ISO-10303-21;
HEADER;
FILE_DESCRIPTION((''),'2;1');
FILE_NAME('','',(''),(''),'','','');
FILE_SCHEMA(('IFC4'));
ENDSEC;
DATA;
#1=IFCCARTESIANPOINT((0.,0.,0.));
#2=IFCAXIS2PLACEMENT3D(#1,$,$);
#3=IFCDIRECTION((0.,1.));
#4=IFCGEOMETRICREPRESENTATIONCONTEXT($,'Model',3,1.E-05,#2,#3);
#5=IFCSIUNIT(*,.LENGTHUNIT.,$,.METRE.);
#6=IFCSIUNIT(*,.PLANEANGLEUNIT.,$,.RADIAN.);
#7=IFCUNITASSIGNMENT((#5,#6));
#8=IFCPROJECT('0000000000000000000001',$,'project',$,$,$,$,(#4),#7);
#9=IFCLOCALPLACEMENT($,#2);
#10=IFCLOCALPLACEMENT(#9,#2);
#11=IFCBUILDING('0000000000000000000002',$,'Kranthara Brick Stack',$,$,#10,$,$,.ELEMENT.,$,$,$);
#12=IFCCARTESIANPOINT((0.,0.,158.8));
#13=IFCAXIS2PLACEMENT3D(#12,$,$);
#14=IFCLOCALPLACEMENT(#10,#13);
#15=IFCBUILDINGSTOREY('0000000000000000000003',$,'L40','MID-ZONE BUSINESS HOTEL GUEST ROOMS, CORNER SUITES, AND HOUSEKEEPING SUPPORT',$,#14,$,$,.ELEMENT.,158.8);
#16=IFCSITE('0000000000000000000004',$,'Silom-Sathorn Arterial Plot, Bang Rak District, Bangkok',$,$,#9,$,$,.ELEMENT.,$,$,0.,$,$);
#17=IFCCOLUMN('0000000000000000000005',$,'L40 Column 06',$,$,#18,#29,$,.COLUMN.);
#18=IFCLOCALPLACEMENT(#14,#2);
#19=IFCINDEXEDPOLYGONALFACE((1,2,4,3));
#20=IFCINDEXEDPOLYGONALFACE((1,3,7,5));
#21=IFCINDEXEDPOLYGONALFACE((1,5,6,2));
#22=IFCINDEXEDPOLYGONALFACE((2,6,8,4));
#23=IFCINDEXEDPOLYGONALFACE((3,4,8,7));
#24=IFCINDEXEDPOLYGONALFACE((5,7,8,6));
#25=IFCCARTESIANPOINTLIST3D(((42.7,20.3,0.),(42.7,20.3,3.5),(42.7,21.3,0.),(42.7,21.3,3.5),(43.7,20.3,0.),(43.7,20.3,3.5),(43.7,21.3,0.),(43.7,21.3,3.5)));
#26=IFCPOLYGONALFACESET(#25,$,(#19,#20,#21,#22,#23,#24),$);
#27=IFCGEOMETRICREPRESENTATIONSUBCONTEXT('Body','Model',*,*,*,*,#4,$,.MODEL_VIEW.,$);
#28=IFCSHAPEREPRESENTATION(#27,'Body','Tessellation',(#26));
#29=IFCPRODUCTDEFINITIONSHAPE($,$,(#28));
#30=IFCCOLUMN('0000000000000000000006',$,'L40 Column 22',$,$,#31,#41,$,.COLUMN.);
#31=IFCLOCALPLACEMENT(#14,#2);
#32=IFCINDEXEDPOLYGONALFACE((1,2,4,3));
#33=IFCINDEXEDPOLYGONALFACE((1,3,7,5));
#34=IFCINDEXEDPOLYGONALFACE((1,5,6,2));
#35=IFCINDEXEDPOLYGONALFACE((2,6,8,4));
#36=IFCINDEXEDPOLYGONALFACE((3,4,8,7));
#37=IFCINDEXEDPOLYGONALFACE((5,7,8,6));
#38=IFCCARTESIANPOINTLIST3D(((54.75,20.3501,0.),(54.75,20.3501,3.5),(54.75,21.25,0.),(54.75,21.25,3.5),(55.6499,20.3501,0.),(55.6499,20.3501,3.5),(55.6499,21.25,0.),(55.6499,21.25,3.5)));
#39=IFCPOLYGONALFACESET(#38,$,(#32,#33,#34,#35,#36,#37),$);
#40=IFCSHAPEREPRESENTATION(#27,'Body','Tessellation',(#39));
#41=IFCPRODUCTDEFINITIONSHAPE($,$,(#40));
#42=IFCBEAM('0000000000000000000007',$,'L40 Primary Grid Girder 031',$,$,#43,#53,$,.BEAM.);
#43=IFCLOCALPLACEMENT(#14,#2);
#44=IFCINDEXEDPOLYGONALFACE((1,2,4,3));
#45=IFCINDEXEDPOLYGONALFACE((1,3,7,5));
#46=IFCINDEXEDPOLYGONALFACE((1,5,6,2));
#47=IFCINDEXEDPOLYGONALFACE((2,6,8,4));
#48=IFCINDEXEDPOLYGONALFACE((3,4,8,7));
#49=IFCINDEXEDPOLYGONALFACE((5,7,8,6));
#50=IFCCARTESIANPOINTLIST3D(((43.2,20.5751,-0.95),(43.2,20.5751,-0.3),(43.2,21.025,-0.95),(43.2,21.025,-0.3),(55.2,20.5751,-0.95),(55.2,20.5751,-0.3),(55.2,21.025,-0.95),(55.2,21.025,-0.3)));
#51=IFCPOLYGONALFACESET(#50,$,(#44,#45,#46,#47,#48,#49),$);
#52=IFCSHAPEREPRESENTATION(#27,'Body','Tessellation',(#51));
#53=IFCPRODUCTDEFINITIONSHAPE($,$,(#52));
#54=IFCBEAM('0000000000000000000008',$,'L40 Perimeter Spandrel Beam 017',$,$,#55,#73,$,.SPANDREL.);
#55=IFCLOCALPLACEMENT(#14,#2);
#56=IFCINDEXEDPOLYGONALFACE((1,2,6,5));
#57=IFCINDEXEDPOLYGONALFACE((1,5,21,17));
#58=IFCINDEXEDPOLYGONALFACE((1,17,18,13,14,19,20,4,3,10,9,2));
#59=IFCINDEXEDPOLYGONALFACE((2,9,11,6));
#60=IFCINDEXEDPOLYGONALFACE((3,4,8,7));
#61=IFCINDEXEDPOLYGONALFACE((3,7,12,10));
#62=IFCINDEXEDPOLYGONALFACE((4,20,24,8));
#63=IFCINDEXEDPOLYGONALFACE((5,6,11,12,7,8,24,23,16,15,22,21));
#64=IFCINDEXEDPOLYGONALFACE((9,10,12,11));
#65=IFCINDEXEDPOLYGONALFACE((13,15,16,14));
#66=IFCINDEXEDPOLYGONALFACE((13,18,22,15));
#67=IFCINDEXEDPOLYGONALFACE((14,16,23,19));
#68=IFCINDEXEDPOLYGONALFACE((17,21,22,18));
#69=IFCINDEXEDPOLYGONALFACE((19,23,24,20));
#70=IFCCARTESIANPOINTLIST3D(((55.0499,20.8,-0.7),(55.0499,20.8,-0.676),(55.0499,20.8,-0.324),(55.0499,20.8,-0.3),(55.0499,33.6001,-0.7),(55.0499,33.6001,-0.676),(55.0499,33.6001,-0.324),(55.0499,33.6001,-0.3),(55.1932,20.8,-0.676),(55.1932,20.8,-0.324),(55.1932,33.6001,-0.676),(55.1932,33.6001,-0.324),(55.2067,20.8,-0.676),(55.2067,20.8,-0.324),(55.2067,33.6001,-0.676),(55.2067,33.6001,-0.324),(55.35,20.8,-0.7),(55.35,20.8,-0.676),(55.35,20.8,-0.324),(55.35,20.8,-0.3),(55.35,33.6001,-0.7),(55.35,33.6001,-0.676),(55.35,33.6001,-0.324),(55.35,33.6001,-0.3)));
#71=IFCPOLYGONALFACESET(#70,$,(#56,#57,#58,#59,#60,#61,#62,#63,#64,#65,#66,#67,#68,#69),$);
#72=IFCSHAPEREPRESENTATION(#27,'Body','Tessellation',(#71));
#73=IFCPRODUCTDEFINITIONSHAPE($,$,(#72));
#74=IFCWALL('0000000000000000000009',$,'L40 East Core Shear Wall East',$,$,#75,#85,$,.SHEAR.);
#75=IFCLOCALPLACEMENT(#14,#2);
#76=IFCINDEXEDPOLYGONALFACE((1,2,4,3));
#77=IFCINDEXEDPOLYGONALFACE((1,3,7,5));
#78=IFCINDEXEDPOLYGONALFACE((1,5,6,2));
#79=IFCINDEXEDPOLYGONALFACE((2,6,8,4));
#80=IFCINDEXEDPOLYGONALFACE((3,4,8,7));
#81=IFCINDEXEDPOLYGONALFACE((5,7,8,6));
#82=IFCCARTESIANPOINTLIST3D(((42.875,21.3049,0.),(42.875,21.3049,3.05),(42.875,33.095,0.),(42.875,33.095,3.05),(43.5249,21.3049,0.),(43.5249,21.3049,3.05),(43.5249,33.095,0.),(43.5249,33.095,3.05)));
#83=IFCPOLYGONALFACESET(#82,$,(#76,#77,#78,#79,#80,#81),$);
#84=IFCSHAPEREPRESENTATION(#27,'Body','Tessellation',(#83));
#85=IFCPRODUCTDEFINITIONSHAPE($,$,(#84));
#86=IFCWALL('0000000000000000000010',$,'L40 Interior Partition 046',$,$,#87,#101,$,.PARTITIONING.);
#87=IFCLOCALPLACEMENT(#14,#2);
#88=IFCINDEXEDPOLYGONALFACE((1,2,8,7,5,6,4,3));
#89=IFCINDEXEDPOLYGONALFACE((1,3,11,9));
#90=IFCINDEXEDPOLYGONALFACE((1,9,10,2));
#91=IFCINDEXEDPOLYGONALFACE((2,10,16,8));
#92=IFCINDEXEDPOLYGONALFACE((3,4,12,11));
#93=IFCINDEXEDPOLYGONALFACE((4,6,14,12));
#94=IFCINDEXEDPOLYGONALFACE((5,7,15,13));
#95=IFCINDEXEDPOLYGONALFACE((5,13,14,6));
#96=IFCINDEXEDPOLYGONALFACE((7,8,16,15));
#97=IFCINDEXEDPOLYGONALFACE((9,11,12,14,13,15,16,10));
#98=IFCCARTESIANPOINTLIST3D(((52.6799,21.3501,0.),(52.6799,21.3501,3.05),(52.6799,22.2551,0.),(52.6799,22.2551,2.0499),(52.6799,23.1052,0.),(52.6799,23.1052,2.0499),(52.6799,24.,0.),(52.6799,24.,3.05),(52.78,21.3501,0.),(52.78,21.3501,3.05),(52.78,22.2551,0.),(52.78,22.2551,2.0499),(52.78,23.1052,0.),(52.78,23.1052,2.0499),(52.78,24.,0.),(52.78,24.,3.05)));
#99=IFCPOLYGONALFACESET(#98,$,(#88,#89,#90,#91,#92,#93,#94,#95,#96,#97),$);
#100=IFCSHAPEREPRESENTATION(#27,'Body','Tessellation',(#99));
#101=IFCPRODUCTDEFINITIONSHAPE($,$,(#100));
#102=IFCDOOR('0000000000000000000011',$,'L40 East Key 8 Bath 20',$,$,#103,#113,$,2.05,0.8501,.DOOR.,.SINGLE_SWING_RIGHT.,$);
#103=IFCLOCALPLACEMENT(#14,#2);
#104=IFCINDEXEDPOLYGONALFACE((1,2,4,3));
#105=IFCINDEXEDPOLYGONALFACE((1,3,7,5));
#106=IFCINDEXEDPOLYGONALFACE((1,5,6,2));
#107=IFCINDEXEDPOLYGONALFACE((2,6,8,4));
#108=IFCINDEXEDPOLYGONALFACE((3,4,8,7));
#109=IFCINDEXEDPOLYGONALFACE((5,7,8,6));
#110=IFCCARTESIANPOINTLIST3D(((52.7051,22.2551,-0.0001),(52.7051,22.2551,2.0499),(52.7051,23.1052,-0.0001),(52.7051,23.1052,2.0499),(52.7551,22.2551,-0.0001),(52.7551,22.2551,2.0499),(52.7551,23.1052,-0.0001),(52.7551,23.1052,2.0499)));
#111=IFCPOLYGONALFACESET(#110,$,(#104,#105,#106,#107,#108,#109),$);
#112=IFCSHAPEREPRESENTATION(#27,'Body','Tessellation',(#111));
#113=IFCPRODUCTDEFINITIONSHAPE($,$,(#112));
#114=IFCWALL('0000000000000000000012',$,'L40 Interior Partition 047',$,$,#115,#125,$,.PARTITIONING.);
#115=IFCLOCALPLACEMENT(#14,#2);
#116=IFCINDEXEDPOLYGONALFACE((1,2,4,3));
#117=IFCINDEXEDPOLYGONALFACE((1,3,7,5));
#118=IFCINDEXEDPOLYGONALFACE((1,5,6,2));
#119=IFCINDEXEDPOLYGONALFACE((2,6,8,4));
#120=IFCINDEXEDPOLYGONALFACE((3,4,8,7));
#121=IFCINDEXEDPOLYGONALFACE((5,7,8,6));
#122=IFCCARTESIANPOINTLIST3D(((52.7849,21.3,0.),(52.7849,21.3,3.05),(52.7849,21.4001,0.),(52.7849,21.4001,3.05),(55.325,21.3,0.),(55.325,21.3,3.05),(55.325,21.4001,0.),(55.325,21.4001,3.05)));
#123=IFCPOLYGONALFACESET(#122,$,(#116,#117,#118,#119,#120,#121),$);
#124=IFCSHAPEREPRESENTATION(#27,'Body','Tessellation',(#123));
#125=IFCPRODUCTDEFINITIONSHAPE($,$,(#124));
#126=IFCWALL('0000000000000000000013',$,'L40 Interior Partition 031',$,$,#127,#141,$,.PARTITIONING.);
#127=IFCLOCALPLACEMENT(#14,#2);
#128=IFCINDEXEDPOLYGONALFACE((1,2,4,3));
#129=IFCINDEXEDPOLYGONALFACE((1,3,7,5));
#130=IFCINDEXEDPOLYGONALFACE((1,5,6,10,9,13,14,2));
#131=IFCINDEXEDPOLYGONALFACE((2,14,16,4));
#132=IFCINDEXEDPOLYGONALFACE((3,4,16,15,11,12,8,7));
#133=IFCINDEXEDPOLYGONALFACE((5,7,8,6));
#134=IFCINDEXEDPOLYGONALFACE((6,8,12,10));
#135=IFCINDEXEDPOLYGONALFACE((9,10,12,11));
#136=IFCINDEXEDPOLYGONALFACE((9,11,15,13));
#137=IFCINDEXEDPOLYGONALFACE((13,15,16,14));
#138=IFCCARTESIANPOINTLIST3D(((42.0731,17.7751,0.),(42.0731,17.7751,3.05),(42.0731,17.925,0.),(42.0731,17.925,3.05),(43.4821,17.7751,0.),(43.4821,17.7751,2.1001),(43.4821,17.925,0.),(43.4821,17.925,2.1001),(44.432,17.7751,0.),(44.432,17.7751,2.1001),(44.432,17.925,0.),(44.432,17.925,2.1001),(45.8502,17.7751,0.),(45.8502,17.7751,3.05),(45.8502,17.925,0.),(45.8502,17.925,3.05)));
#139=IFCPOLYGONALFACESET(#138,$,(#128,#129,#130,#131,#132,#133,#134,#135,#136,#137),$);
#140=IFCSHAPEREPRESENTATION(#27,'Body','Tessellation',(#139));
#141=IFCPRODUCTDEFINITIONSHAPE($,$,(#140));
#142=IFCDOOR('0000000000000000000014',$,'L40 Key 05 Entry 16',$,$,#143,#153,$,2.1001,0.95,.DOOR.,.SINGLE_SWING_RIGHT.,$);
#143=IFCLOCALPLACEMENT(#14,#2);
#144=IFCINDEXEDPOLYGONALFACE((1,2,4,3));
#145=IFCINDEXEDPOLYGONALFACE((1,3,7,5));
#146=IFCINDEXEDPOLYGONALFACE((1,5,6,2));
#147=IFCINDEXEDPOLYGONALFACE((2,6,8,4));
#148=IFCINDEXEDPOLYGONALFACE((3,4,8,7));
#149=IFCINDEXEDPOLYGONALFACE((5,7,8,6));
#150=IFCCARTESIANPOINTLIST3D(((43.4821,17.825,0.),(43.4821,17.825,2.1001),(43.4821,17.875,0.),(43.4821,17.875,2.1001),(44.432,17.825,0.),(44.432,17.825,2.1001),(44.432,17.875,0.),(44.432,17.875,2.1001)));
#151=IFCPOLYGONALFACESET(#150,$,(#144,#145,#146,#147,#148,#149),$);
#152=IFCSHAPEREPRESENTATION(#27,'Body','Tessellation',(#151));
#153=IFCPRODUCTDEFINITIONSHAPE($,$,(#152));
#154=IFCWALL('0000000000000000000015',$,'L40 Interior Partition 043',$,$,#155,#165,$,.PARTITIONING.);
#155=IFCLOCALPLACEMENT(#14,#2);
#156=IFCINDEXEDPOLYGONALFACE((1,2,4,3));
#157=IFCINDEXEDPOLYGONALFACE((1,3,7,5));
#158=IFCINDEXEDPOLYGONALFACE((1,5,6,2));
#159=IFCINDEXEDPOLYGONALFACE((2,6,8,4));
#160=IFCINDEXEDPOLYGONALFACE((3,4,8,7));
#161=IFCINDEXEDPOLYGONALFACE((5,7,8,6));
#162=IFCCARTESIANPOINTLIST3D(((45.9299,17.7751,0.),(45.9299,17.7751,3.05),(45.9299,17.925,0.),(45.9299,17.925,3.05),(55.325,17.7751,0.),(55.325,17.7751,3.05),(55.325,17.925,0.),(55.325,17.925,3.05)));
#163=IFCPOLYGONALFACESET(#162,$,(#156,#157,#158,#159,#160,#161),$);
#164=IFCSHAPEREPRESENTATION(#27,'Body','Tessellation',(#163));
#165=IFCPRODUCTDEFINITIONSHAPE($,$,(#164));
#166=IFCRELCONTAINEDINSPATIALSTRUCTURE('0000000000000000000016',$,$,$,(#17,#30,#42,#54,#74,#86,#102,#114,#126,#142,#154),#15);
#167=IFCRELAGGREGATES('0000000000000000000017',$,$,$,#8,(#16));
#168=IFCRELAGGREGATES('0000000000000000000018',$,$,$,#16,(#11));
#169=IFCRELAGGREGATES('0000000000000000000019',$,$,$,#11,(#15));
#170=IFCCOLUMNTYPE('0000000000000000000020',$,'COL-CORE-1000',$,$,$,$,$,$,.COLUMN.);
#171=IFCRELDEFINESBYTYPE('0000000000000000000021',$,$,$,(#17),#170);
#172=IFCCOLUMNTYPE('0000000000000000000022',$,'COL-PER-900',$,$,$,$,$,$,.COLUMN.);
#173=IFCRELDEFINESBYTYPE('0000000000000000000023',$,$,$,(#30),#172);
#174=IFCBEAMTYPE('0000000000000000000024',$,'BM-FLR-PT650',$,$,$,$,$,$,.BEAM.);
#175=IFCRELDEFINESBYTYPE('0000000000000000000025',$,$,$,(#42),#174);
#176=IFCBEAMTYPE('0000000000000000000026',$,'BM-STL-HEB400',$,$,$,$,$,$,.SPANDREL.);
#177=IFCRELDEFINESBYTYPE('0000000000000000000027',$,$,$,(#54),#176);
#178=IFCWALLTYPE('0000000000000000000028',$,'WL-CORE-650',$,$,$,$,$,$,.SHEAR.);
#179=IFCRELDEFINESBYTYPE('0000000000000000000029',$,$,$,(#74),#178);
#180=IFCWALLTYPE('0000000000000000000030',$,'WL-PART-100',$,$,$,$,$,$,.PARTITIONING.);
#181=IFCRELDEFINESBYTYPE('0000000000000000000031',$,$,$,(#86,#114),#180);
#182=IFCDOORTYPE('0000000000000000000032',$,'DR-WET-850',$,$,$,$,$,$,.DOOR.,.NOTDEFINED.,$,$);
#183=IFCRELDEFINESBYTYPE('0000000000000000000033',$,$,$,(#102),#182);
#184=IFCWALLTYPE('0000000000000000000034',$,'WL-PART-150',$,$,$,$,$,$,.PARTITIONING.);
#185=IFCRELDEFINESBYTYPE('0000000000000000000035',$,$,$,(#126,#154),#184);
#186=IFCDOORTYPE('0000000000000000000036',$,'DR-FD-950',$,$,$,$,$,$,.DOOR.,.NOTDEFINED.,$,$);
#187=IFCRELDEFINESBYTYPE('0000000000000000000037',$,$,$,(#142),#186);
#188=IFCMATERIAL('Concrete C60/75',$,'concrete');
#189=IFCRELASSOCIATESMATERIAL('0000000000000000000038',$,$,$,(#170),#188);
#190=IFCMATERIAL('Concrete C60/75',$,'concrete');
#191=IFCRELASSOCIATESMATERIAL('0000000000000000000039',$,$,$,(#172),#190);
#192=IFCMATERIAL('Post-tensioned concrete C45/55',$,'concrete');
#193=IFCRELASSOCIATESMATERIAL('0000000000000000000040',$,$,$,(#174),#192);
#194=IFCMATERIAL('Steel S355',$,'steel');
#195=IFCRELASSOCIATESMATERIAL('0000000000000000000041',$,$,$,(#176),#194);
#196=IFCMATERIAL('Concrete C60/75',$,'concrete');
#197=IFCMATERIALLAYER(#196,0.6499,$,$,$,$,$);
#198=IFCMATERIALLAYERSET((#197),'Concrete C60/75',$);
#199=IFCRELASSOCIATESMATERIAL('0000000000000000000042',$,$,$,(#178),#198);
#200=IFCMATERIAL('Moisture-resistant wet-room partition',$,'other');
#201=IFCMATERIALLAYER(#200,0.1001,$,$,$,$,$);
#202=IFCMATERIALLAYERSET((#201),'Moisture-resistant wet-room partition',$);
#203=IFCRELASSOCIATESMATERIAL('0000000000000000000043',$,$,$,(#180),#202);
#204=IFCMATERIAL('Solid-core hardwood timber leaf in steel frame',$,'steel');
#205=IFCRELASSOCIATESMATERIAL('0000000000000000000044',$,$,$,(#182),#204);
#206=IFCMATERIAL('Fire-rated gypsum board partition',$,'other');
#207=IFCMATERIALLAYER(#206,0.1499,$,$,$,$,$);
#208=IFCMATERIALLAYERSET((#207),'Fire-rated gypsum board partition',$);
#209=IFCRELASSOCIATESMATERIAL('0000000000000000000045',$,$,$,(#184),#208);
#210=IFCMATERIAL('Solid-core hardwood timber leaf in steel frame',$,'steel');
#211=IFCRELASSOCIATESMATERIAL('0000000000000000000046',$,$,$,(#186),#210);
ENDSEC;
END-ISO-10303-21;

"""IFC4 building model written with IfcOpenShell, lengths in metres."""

from ifc_helpers import new_model, si_unit, direction, frame, frame_2d, origin, origin_2d, place, context, subcontext, project, spatial, rectangle, i_section, extrude, material, layer, layer_set, material_profile, profile_set, type_object, element, fill, save


model = new_model("IFC4")

# Units and contexts
model_context = context("Model", 3, precision=1e-05, world=origin(), true_north=direction((0.0, 1.0)))
body_context = subcontext(model_context, "Body", "Model", "MODEL_VIEW")
ifc_project = project(units=[si_unit("LENGTHUNIT", "METRE"), si_unit("PLANEANGLEUNIT", "RADIAN")], contexts=[model_context])

# Site, building, storey
site_placement = place(None, origin())
site = spatial("IfcSite", under=ifc_project, at=site_placement, Name="Silom-Sathorn Arterial Plot, Bang Rak District, Bangkok", CompositionType="ELEMENT", RefElevation=0.0)
building_placement = place(site_placement, origin())
building = spatial("IfcBuilding", under=site, at=building_placement, Name="Kranthara Brick Stack", CompositionType="ELEMENT")
storey_placement = place(building_placement, frame((0.0, 0.0, 158.8)))
storey = spatial("IfcBuildingStorey", under=building, at=storey_placement, Name="L40", Description="MID-ZONE BUSINESS HOTEL GUEST ROOMS, CORNER SUITES, AND HOUSEKEEPING SUPPORT", CompositionType="ELEMENT", Elevation=158.8)

# Columns
ifc_material_1 = material(Name="Concrete C60/75", Category="concrete")
ifc_material_profile_1 = material_profile(ifc_material_1, rectangle(XDim=1.0, YDim=1.0, at=origin_2d()), Name="RC 1000x1000")
ifc_profile_set_1 = profile_set([ifc_material_profile_1], Name="Concrete C60/75")
column_type_1 = type_object("IfcColumnType", Name="COL-CORE-1000", PredefinedType="COLUMN", material=ifc_profile_set_1)
column_1_placement = place(storey_placement, frame((43.2, 20.8, 0.0), z_axis=(0.0, 0.0, 1.0), x_axis=(1.0, 0.0, 0.0)))
element("IfcColumn", 1, at=column_1_placement, inside=storey, type_object=column_type_1, Name="L40 Column 06", PredefinedType="COLUMN", context=body_context, shape_type="SweptSolid", body=[
    extrude(rectangle(XDim=1.0, YDim=1.0, at=origin_2d()), origin(), (0.0, 0.0, 1.0), 3.5),
])
ifc_material_2 = material(Name="Concrete C60/75", Category="concrete")
ifc_material_profile_2 = material_profile(ifc_material_2, rectangle(XDim=0.8999, YDim=0.8999, at=origin_2d()), Name="RC 900x900")
ifc_profile_set_2 = profile_set([ifc_material_profile_2], Name="Concrete C60/75")
column_type_2 = type_object("IfcColumnType", Name="COL-PER-900", PredefinedType="COLUMN", material=ifc_profile_set_2)
column_2_placement = place(storey_placement, frame((55.2, 20.8, 0.0), z_axis=(0.0, 0.0, 1.0), x_axis=(1.0, 0.0, 0.0)))
element("IfcColumn", 2, at=column_2_placement, inside=storey, type_object=column_type_2, Name="L40 Column 22", PredefinedType="COLUMN", context=body_context, shape_type="SweptSolid", body=[
    extrude(rectangle(XDim=0.8999, YDim=0.8999, at=origin_2d()), origin(), (0.0, 0.0, 1.0), 3.5),
])

# Beams
ifc_material_3 = material(Name="Post-tensioned concrete C45/55", Category="concrete")
ifc_material_profile_3 = material_profile(ifc_material_3, rectangle(XDim=0.45, YDim=0.6499, at=origin_2d()), Name="PT 450x650")
ifc_profile_set_3 = profile_set([ifc_material_profile_3], Name="Post-tensioned concrete C45/55")
beam_type_1 = type_object("IfcBeamType", Name="BM-FLR-PT650", PredefinedType="BEAM", material=ifc_profile_set_3)
beam_1_placement = place(storey_placement, frame((43.2, 20.8, -0.625), z_axis=(1.0, 0.0, 0.0), x_axis=(0.0, 1.0, 0.0)))
element("IfcBeam", 3, at=beam_1_placement, inside=storey, type_object=beam_type_1, Name="L40 Primary Grid Girder 031", PredefinedType="BEAM", context=body_context, shape_type="SweptSolid", body=[
    extrude(rectangle(XDim=0.45, YDim=0.6499, at=origin_2d()), origin(), (0.0, 0.0, 1.0), 12.0),
])
ifc_material_4 = material(Name="Steel S355", Category="steel")
ifc_material_profile_4 = material_profile(ifc_material_4, i_section(OverallWidth=0.3, OverallDepth=0.3999, WebThickness=0.0134, FlangeThickness=0.0239, at=origin_2d()), Name="HEB 400")
ifc_profile_set_4 = profile_set([ifc_material_profile_4], Name="Steel S355")
beam_type_2 = type_object("IfcBeamType", Name="BM-STL-HEB400", PredefinedType="SPANDREL", material=ifc_profile_set_4)
beam_2_placement = place(storey_placement, frame((55.2, 20.8, -0.5), z_axis=(0.0, 1.0, 0.0), x_axis=(-1.0, 0.0, 0.0)))
element("IfcBeam", 4, at=beam_2_placement, inside=storey, type_object=beam_type_2, Name="L40 Perimeter Spandrel Beam 017", PredefinedType="SPANDREL", context=body_context, shape_type="SweptSolid", body=[
    extrude(i_section(OverallWidth=0.3, OverallDepth=0.3999, WebThickness=0.0134, FlangeThickness=0.0239, at=origin_2d()), origin(), (0.0, 0.0, 1.0), 12.8),
])

# Wall
ifc_material_5 = material(Name="Concrete C60/75", Category="concrete")
ifc_layer_1 = layer(ifc_material_5, 0.6499)
ifc_layer_set_1 = layer_set([ifc_layer_1], Name="Concrete C60/75")
wall_type_1 = type_object("IfcWallType", Name="WL-CORE-650", PredefinedType="SHEAR", material=ifc_layer_set_1)
wall_1_placement = place(storey_placement, frame((43.2, 21.3049, 0.0), z_axis=(0.0, 0.0, 1.0), x_axis=(0.0, 1.0, 0.0)))
element("IfcWall", 5, at=wall_1_placement, inside=storey, type_object=wall_type_1, Name="L40 East Core Shear Wall East", PredefinedType="SHEAR", context=body_context, shape_type="SweptSolid", body=[
    extrude(rectangle(XDim=11.79, YDim=0.6499, at=frame_2d((5.895, 0.0))), origin(), (0.0, 0.0, 1.0), 3.05),
])

# Wall, opening, door
ifc_material_6 = material(Name="Moisture-resistant wet-room partition", Category="other")
ifc_layer_2 = layer(ifc_material_6, 0.1001)
ifc_layer_set_2 = layer_set([ifc_layer_2], Name="Moisture-resistant wet-room partition")
wall_type_2 = type_object("IfcWallType", Name="WL-PART-100", PredefinedType="PARTITIONING", material=ifc_layer_set_2)
wall_2_placement = place(storey_placement, frame((52.73, 21.3501, 0.0), z_axis=(0.0, 0.0, 1.0), x_axis=(0.0, 1.0, 0.0)))
wall_2 = element("IfcWall", 6, at=wall_2_placement, inside=storey, type_object=wall_type_2, Name="L40 Interior Partition 046", PredefinedType="PARTITIONING", context=body_context, shape_type="SweptSolid", body=[
    extrude(rectangle(XDim=2.6499, YDim=0.1001, at=frame_2d((1.325, 0.0))), origin(), (0.0, 0.0, 1.0), 3.05),
])
opening_1_placement = place(wall_2_placement, frame((0.905, 0.0, 0.0)))
opening_1 = element("IfcOpeningElement", 7, at=opening_1_placement, cuts=wall_2, PredefinedType="OPENING", context=body_context, shape_type="SweptSolid", body=[
    extrude(rectangle(XDim=0.8501, YDim=2.05, at=frame_2d((0.425, 1.0249))), frame((0.0, 0.0601, 0.0), z_axis=(0.0, -1.0, 0.0), x_axis=(1.0, 0.0, 0.0)), (0.0, 0.0, 1.0), 0.1201),
])
ifc_material_7 = material(Name="Solid-core hardwood timber leaf in steel frame", Category="steel")
door_type_1 = type_object("IfcDoorType", Name="DR-WET-850", OperationType="NOTDEFINED", PredefinedType="DOOR", material=ifc_material_7)
door_1_placement = place(opening_1_placement, origin())
door_1 = element("IfcDoor", 8, at=door_1_placement, inside=storey, type_object=door_type_1, Name="L40 East Key 8 Bath 20", OperationType="SINGLE_SWING_RIGHT", OverallHeight=2.05, OverallWidth=0.8501, PredefinedType="DOOR", context=body_context, shape_type="SweptSolid", body=[
    extrude(rectangle(XDim=0.8501, YDim=2.05, at=frame_2d((0.425, 1.0249))), frame((0.0, 0.0249, 0.0), z_axis=(0.0, -1.0, 0.0), x_axis=(1.0, 0.0, 0.0)), (0.0, 0.0, 1.0), 0.05),
])
fill(opening_1, door_1)

# Wall
wall_3_placement = place(storey_placement, frame((52.7849, 21.3501, 0.0), z_axis=(0.0, 0.0, 1.0), x_axis=(1.0, 0.0, 0.0)))
element("IfcWall", 9, at=wall_3_placement, inside=storey, type_object=wall_type_2, Name="L40 Interior Partition 047", PredefinedType="PARTITIONING", context=body_context, shape_type="SweptSolid", body=[
    extrude(rectangle(XDim=2.54, YDim=0.1001, at=frame_2d((1.27, 0.0))), origin(), (0.0, 0.0, 1.0), 3.05),
])

# Wall, opening, door
ifc_material_8 = material(Name="Fire-rated gypsum board partition", Category="other")
ifc_layer_3 = layer(ifc_material_8, 0.1499)
ifc_layer_set_3 = layer_set([ifc_layer_3], Name="Fire-rated gypsum board partition")
wall_type_3 = type_object("IfcWallType", Name="WL-PART-150", PredefinedType="PARTITIONING", material=ifc_layer_set_3)
wall_4_placement = place(storey_placement, frame((42.073, 17.8501, 0.0), z_axis=(0.0, 0.0, 1.0), x_axis=(1.0, 0.0, 0.0)))
wall_4 = element("IfcWall", 10, at=wall_4_placement, inside=storey, type_object=wall_type_3, Name="L40 Interior Partition 031", PredefinedType="PARTITIONING", context=body_context, shape_type="SweptSolid", body=[
    extrude(rectangle(XDim=3.7771, YDim=0.1499, at=frame_2d((1.8887, 0.0))), origin(), (0.0, 0.0, 1.0), 3.05),
])
opening_2_placement = place(wall_4_placement, frame((1.4089, 0.0, 0.0)))
opening_2 = element("IfcOpeningElement", 11, at=opening_2_placement, cuts=wall_4, PredefinedType="OPENING", context=body_context, shape_type="SweptSolid", body=[
    extrude(rectangle(XDim=0.95, YDim=2.1001, at=frame_2d((0.4751, 1.05))), frame((0.0, 0.085, 0.0), z_axis=(0.0, -1.0, 0.0), x_axis=(1.0, 0.0, 0.0)), (0.0, 0.0, 1.0), 0.1699),
])
ifc_material_9 = material(Name="Solid-core hardwood timber leaf in steel frame", Category="steel")
door_type_2 = type_object("IfcDoorType", Name="DR-FD-950", OperationType="NOTDEFINED", PredefinedType="DOOR", material=ifc_material_9)
door_2_placement = place(opening_2_placement, origin())
door_2 = element("IfcDoor", 12, at=door_2_placement, inside=storey, type_object=door_type_2, Name="L40 Key 05 Entry 16", OperationType="SINGLE_SWING_RIGHT", OverallHeight=2.1001, OverallWidth=0.95, PredefinedType="DOOR", context=body_context, shape_type="SweptSolid", body=[
    extrude(rectangle(XDim=0.95, YDim=2.1001, at=frame_2d((0.4751, 1.05))), frame((0.0, 0.0249, 0.0), z_axis=(0.0, -1.0, 0.0), x_axis=(1.0, 0.0, 0.0)), (0.0, 0.0, 1.0), 0.05),
])
fill(opening_2, door_2)

# Wall
wall_5_placement = place(storey_placement, frame((45.9299, 17.8501, 0.0), z_axis=(0.0, 0.0, 1.0), x_axis=(1.0, 0.0, 0.0)))
element("IfcWall", 13, at=wall_5_placement, inside=storey, type_object=wall_type_3, Name="L40 Interior Partition 043", PredefinedType="PARTITIONING", context=body_context, shape_type="SweptSolid", body=[
    extrude(rectangle(XDim=9.395, YDim=0.1499, at=frame_2d((4.6975, 0.0))), origin(), (0.0, 0.0, 1.0), 3.05),
])

save(model, "model.ifc")
